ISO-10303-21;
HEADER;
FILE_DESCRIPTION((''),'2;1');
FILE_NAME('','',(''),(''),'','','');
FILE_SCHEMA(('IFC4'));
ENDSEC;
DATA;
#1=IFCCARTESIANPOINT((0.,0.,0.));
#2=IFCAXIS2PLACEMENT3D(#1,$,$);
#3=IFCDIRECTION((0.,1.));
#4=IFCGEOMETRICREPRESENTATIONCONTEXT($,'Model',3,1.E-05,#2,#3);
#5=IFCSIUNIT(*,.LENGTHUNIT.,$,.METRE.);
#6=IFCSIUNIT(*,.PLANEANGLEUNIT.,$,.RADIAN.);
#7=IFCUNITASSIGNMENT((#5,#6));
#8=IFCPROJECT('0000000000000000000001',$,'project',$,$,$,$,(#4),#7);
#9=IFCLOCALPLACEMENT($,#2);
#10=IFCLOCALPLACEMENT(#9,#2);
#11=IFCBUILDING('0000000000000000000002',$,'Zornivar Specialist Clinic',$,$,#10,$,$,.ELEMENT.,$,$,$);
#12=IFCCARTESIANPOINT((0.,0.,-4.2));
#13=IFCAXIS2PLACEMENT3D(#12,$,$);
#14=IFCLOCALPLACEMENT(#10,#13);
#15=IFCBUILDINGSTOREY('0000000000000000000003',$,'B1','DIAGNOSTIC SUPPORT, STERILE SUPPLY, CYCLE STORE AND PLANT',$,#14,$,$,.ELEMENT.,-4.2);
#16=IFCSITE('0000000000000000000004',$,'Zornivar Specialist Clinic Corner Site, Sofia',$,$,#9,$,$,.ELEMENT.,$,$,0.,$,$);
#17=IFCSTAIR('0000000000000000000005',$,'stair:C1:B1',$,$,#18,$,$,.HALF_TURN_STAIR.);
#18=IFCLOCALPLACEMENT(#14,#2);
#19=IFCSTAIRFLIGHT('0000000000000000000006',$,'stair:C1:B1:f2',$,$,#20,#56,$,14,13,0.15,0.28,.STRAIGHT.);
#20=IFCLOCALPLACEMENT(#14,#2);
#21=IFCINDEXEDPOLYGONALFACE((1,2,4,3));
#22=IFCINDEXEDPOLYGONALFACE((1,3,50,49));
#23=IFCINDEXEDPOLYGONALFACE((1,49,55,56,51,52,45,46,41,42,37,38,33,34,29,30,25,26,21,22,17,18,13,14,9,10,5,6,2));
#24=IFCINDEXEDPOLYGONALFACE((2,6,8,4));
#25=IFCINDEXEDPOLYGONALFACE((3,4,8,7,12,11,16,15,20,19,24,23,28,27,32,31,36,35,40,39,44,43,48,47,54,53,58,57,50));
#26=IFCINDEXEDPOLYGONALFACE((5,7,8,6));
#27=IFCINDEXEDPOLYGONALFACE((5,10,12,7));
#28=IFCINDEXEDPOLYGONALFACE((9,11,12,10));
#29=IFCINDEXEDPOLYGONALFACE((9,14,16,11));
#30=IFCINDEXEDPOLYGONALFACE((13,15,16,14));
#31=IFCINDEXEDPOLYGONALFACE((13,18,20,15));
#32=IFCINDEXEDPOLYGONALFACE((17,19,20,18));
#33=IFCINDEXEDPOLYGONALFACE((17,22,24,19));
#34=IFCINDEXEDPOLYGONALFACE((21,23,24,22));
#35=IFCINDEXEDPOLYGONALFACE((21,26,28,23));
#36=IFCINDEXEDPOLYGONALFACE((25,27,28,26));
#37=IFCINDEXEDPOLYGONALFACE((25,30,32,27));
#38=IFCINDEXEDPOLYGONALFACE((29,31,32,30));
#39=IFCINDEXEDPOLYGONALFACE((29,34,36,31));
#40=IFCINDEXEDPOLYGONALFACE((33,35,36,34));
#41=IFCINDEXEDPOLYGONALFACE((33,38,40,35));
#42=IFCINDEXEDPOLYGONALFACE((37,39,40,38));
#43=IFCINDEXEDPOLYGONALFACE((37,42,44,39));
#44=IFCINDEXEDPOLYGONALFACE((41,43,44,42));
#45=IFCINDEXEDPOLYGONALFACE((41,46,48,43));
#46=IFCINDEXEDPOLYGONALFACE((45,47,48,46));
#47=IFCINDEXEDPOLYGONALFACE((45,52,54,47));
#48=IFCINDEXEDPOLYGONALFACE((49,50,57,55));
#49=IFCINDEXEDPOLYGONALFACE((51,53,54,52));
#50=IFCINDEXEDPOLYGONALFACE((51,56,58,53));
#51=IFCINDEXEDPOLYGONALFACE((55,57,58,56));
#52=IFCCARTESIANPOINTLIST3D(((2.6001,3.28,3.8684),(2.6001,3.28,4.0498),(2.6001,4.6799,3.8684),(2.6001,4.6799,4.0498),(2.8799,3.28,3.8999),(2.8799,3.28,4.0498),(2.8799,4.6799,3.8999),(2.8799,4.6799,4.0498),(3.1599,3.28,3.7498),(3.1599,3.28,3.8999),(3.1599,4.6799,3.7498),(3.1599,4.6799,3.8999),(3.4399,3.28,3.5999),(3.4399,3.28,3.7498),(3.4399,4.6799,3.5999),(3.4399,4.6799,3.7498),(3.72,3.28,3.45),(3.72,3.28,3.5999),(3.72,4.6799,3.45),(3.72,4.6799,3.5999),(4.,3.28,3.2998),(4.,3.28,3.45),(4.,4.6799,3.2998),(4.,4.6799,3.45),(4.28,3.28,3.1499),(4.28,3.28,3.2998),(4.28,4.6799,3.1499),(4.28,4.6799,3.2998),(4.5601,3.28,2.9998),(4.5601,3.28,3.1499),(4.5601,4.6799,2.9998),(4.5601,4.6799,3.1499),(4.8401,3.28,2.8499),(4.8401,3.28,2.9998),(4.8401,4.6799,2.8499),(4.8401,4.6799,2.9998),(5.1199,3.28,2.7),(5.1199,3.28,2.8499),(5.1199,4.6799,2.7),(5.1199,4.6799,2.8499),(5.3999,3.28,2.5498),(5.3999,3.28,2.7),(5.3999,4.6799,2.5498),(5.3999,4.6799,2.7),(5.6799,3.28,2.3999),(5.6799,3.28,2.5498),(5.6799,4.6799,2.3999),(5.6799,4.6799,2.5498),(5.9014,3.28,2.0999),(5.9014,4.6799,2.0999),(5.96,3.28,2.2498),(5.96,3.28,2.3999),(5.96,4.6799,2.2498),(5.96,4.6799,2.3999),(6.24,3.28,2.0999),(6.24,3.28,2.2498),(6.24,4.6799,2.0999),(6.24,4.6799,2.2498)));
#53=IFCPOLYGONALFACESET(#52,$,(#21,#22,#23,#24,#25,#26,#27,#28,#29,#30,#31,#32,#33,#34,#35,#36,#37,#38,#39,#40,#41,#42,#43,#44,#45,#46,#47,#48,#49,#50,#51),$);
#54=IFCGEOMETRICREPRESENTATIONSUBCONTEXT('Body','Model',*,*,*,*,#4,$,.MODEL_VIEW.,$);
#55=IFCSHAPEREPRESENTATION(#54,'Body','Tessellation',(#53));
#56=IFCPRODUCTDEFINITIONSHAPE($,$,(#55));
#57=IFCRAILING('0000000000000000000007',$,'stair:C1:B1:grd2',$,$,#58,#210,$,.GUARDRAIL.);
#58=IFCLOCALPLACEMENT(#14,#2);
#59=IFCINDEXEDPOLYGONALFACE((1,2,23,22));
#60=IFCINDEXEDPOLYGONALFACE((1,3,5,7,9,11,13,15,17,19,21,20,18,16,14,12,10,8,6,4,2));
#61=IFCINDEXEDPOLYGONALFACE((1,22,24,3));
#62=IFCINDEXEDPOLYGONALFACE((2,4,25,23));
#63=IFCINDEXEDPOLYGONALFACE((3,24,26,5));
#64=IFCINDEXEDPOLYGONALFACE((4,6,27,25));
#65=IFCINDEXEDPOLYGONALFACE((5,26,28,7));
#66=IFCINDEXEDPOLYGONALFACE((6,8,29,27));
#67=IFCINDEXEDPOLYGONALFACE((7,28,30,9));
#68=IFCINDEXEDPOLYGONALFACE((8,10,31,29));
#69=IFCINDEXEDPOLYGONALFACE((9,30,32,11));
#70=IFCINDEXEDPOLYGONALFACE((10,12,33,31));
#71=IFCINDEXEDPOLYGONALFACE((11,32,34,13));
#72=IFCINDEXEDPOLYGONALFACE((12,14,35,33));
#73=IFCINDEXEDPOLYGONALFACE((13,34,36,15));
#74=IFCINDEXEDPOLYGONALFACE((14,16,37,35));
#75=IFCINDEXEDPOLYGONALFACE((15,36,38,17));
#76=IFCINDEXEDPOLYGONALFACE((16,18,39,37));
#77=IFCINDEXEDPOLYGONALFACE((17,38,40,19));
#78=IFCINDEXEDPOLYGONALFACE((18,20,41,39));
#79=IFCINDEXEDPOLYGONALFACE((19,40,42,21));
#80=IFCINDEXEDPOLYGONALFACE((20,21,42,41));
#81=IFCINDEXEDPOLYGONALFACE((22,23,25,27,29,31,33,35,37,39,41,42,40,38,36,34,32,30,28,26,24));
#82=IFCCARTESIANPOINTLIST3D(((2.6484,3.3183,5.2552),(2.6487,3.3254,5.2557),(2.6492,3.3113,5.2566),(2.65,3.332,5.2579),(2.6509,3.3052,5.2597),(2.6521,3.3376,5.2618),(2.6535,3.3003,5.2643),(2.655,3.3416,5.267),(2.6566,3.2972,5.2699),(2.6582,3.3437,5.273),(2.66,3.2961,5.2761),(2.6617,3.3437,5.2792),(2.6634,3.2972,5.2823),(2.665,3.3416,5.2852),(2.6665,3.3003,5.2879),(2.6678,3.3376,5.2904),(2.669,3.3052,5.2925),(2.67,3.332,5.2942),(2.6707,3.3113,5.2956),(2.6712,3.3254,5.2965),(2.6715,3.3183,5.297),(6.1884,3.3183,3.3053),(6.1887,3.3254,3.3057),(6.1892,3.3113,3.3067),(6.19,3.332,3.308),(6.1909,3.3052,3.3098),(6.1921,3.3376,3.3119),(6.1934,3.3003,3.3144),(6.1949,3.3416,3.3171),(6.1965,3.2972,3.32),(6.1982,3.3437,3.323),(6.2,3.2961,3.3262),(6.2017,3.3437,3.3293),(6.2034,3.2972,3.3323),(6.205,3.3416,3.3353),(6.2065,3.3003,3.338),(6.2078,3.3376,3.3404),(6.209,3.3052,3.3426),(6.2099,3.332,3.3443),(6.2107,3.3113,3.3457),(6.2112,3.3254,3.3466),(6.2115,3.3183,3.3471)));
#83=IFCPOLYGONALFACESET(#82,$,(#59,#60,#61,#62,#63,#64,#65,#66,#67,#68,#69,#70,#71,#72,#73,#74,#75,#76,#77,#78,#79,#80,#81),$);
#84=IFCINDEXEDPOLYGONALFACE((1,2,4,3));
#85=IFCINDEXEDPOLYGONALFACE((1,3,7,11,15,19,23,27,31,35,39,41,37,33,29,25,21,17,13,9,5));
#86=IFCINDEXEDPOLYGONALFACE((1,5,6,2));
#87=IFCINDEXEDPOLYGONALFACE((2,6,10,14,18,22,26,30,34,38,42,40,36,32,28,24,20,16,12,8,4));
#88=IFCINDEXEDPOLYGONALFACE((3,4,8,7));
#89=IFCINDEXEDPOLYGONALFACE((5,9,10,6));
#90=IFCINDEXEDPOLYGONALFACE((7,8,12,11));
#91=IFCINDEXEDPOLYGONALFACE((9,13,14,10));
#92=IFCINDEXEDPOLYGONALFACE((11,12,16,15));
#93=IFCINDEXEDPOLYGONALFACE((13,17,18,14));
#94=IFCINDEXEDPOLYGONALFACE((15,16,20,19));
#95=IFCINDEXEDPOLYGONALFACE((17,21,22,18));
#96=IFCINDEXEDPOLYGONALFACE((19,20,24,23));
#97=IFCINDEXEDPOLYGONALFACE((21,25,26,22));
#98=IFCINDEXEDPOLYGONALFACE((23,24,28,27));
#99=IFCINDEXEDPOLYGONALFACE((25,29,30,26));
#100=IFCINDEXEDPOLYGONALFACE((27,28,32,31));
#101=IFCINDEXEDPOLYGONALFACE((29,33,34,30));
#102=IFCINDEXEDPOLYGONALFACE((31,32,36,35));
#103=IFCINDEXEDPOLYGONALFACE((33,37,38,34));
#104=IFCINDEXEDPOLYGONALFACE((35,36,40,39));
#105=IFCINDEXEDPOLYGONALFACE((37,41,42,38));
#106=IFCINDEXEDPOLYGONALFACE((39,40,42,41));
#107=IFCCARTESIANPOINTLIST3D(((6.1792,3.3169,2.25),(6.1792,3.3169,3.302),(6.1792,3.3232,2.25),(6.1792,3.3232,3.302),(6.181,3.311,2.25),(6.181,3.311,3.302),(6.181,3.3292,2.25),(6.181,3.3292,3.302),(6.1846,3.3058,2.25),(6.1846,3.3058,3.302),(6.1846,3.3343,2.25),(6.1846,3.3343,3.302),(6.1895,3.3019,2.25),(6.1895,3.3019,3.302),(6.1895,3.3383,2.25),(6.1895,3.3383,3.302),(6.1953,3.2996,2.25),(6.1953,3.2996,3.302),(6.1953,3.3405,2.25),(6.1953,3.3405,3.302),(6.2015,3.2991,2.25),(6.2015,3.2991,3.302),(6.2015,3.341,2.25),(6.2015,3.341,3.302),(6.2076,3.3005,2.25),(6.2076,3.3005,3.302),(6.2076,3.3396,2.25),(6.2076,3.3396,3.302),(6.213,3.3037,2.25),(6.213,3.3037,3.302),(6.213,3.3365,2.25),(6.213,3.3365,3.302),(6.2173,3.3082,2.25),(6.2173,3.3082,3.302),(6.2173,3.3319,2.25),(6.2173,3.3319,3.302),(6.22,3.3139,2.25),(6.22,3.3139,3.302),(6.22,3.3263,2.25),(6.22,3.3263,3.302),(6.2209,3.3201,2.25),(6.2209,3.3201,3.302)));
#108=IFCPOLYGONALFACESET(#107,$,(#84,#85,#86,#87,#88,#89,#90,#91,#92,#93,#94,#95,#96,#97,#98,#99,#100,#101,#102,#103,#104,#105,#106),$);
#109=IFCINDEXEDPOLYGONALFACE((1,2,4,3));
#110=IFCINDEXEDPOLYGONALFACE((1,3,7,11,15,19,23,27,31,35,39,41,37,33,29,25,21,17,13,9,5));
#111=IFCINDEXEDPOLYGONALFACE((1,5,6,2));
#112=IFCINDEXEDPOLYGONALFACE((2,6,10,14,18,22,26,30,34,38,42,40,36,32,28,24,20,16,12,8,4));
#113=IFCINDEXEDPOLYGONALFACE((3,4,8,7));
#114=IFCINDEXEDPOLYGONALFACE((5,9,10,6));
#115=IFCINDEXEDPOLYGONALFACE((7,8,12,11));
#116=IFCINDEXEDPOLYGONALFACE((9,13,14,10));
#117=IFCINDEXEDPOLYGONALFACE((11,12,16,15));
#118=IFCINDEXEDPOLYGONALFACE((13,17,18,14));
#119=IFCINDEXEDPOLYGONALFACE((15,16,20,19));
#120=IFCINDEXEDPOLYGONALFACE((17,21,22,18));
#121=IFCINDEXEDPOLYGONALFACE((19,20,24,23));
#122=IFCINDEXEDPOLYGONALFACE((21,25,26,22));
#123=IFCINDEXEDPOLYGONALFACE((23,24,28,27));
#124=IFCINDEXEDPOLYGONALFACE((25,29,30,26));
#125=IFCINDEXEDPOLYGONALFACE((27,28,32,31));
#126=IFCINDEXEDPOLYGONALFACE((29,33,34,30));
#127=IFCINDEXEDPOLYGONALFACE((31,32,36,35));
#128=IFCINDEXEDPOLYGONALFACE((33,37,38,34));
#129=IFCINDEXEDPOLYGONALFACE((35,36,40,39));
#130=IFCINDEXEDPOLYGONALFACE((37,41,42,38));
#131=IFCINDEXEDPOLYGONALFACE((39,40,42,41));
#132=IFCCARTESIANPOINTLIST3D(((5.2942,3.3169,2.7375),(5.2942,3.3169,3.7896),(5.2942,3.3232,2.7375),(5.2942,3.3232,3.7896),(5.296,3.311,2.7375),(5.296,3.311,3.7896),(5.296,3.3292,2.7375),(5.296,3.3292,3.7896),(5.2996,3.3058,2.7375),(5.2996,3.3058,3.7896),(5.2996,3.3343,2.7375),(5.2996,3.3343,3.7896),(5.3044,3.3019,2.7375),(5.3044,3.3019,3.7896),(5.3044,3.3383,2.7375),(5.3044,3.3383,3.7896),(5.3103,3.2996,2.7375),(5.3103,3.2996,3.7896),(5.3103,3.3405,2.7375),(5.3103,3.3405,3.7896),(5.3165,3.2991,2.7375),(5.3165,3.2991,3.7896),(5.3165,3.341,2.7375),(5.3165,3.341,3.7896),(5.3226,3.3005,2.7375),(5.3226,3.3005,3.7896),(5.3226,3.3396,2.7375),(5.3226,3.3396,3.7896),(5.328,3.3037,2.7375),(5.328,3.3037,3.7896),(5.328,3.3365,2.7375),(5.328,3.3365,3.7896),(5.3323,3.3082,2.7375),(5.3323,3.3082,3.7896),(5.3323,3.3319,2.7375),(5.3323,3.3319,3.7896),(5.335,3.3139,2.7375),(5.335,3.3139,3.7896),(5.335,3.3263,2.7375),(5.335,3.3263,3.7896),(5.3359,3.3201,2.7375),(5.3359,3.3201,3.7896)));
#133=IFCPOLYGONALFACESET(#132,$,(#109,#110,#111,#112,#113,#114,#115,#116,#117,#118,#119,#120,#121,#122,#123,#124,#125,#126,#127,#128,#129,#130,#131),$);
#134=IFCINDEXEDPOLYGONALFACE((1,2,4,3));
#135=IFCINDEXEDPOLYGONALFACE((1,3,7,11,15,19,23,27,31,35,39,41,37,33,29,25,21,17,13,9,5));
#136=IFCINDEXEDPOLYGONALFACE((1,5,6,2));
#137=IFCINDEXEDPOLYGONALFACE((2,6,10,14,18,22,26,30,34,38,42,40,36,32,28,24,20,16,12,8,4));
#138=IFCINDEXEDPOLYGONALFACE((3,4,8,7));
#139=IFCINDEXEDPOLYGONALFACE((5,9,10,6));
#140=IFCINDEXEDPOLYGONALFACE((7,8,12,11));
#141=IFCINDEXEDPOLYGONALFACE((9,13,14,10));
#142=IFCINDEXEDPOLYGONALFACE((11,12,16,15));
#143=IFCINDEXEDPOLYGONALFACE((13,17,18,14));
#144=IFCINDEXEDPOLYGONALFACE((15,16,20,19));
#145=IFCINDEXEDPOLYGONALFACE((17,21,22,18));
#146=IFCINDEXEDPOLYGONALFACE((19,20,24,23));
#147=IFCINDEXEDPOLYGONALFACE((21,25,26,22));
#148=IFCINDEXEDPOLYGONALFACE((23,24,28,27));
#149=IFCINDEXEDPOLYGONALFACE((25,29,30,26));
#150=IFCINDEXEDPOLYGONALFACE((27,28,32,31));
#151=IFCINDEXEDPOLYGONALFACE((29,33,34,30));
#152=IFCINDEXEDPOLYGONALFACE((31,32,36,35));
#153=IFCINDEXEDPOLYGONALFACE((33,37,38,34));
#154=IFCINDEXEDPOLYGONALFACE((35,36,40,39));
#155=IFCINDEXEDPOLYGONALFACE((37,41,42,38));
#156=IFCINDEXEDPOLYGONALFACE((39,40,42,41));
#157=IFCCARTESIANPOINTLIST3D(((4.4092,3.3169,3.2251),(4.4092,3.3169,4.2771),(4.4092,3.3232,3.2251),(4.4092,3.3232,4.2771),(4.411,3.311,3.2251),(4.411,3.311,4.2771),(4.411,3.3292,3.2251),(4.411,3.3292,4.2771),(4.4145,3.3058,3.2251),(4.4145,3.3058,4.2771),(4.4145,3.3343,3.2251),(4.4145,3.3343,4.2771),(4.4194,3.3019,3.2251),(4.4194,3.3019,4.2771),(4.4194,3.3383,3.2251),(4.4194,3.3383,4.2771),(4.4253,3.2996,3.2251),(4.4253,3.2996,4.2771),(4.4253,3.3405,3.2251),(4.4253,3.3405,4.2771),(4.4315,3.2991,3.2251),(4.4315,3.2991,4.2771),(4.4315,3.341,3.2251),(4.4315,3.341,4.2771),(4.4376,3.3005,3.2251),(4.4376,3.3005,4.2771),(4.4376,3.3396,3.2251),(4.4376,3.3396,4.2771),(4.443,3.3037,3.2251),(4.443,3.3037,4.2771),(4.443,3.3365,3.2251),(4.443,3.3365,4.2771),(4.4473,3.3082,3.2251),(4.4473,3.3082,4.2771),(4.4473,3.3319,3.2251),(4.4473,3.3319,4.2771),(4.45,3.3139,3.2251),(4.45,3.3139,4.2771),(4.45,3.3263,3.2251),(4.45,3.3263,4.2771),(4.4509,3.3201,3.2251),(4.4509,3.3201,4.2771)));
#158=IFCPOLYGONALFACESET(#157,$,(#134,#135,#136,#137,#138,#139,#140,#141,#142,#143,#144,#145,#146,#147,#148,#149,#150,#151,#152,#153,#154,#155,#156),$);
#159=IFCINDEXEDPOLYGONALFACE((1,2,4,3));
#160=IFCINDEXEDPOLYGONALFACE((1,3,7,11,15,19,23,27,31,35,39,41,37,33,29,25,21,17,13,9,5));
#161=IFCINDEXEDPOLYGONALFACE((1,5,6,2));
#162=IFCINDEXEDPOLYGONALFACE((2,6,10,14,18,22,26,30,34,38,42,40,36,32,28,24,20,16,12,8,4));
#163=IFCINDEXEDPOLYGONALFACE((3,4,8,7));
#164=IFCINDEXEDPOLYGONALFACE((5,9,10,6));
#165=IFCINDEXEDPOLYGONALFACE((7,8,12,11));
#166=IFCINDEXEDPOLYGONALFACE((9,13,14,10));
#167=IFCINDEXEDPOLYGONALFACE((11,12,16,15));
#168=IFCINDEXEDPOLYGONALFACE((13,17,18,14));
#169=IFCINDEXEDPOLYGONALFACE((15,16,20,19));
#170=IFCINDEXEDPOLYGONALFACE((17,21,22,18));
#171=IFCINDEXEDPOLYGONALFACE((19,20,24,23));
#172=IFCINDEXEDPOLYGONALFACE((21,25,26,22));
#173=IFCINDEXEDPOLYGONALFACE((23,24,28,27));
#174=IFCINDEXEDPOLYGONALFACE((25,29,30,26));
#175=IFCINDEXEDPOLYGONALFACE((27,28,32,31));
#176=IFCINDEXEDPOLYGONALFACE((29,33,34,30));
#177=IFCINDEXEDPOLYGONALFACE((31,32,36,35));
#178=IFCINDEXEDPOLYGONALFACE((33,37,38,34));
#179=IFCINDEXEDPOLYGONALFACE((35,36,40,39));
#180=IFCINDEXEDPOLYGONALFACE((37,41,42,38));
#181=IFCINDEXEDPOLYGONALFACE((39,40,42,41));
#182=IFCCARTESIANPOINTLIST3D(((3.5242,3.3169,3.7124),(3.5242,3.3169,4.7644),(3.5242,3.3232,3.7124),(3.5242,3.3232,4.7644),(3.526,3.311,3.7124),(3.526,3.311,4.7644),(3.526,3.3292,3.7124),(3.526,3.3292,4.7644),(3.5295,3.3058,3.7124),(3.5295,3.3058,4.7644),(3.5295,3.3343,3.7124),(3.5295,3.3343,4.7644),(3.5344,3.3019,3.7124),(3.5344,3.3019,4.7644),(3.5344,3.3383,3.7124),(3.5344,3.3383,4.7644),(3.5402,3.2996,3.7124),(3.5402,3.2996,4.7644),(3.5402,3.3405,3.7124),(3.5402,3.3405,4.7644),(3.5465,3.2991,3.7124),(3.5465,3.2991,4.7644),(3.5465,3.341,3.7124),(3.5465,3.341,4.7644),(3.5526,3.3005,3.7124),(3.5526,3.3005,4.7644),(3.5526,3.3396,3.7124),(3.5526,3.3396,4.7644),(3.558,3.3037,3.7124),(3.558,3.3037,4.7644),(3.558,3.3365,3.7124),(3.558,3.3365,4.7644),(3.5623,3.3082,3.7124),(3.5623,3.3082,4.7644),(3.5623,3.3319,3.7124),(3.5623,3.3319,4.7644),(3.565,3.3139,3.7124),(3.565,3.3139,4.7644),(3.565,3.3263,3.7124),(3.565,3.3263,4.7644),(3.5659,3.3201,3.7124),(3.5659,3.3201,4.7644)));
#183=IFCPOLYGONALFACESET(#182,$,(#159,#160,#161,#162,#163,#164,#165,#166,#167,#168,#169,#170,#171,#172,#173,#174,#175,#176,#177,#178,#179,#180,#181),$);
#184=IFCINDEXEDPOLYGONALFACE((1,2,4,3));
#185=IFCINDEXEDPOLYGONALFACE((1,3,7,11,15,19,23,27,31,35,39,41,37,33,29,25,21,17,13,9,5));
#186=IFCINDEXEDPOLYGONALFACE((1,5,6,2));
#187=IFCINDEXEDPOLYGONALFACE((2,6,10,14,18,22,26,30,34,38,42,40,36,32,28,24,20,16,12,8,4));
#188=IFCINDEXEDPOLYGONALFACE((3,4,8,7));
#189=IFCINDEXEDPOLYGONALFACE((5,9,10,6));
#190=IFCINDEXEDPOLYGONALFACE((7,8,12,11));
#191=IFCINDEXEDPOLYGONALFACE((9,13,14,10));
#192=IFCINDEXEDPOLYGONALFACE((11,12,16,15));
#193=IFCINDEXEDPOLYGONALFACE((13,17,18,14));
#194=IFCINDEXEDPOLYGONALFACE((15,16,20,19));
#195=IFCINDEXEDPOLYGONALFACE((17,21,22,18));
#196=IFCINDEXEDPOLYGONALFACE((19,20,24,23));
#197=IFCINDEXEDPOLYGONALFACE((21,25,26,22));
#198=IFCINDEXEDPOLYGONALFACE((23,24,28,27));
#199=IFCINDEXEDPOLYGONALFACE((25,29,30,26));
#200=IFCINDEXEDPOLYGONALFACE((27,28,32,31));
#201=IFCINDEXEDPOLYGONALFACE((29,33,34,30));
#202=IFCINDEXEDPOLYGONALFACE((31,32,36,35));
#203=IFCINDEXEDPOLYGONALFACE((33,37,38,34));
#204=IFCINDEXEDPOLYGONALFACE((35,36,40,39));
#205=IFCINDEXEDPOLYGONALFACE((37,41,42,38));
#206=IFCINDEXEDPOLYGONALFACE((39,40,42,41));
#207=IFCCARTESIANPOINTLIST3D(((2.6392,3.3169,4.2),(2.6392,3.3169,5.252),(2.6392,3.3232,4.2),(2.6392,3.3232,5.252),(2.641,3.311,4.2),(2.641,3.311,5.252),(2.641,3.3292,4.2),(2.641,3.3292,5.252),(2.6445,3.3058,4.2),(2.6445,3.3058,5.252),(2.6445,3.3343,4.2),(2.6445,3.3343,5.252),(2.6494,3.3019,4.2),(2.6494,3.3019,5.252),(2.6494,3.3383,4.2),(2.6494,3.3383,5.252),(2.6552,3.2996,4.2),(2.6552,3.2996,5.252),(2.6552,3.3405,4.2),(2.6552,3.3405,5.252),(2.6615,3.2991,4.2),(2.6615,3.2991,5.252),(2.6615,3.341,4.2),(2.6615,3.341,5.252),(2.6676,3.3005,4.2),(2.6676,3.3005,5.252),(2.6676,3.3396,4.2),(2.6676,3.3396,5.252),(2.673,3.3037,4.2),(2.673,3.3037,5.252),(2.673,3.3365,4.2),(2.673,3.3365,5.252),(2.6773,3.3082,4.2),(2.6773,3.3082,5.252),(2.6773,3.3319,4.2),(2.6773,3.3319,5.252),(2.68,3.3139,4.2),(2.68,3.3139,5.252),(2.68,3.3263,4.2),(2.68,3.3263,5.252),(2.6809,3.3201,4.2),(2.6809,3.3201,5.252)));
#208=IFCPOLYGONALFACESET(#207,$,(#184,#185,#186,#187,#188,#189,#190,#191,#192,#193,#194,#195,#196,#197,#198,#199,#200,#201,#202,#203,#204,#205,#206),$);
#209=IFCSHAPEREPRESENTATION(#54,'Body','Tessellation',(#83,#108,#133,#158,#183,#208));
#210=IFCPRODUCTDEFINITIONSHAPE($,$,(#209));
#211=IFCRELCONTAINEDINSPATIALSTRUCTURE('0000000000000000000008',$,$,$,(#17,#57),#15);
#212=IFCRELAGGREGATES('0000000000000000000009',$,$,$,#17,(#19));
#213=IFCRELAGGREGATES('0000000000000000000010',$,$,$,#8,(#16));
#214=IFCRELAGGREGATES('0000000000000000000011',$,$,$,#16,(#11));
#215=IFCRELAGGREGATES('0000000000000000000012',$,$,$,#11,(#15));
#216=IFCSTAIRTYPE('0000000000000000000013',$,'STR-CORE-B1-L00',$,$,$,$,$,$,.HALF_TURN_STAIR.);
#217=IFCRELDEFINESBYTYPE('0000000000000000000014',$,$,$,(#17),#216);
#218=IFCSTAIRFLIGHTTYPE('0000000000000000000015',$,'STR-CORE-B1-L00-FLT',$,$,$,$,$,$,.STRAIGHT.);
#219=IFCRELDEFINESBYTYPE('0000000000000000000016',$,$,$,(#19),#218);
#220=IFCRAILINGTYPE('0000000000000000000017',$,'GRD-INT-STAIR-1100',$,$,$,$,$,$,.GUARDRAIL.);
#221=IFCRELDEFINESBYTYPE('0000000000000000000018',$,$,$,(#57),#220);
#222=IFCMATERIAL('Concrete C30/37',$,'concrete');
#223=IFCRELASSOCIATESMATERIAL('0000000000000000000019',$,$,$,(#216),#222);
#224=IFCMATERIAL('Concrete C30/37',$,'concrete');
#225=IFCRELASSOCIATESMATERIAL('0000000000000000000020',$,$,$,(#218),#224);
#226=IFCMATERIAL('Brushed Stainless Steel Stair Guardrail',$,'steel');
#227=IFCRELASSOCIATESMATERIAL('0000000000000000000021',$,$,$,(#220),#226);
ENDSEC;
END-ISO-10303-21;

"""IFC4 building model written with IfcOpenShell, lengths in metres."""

from ifc_helpers import new_model, si_unit, direction, frame, origin, origin_2d, place, context, subcontext, project, spatial, polyline, circle, outline, extrude, material, type_object, element, aggregate, save


model = new_model("IFC4")

# Units and contexts
model_context = context("Model", 3, precision=1e-05, world=origin(), true_north=direction((0.0, 1.0)))
body_context = subcontext(model_context, "Body", "Model", "MODEL_VIEW")
ifc_project = project(units=[si_unit("LENGTHUNIT", "METRE"), si_unit("PLANEANGLEUNIT", "RADIAN")], contexts=[model_context])

# Site, building, storey
site_placement = place(None, origin())
site = spatial("IfcSite", under=ifc_project, at=site_placement, Name="Zornivar Specialist Clinic Corner Site, Sofia", CompositionType="ELEMENT", RefElevation=0.0)
building_placement = place(site_placement, origin())
building = spatial("IfcBuilding", under=site, at=building_placement, Name="Zornivar Specialist Clinic", CompositionType="ELEMENT")
storey_placement = place(building_placement, frame((0.0, 0.0, -4.2)))
storey = spatial("IfcBuildingStorey", under=building, at=storey_placement, Name="B1", Description="DIAGNOSTIC SUPPORT, STERILE SUPPLY, CYCLE STORE AND PLANT", CompositionType="ELEMENT", Elevation=-4.2)

# Stair, stair flight
ifc_material_1 = material(Name="Concrete C30/37", Category="concrete")
stair_type = type_object("IfcStairType", Name="STR-CORE-B1-L00", PredefinedType="HALF_TURN_STAIR", material=ifc_material_1)
stair_placement = place(storey_placement, origin())
stair = element("IfcStair", 1, at=stair_placement, inside=storey, type_object=stair_type, Name="stair:C1:B1", PredefinedType="HALF_TURN_STAIR")
ifc_material_2 = material(Name="Concrete C30/37", Category="concrete")
stair_flight_type = type_object("IfcStairFlightType", Name="STR-CORE-B1-L00-FLT", PredefinedType="STRAIGHT", material=ifc_material_2)
stair_flight_placement = place(storey_placement, frame((6.24, 3.98, 2.0999), z_axis=(0.0, 0.0, 1.0), x_axis=(-1.0, 0.0, 0.0)))
stair_flight = element("IfcStairFlight", 2, at=stair_flight_placement, type_object=stair_flight_type, Name="stair:C1:B1:f2", NumberOfRisers=14, NumberOfTreads=13, PredefinedType="STRAIGHT", RiserHeight=0.15, TreadLength=0.28, context=body_context, shape_type="SweptSolid", body=[
    extrude(outline(polyline([(0.0, 0.0), (0.0, 0.1499), (0.28, 0.1499), (0.28, 0.3), (0.5601, 0.3), (0.5601, 0.45), (0.8401, 0.45), (0.8401, 0.6001), (1.1201, 0.6001), (1.1201, 0.75), (1.3999, 0.75), (1.3999, 0.8999), (1.6799, 0.8999), (1.6799, 1.05), (1.96, 1.05), (1.96, 1.2), (2.24, 1.2), (2.24, 1.3501), (2.52, 1.3501), (2.52, 1.5), (2.8, 1.5), (2.8, 1.6499), (3.0801, 1.6499), (3.0801, 1.8), (3.3601, 1.8), (3.3601, 1.95), (3.6399, 1.95), (3.6399, 2.1001), (3.6399, 1.7686), (0.3386, 0.0), (0.0, 0.0)])), frame((0.0, 0.7, 0.0), z_axis=(0.0, -1.0, 0.0), x_axis=(1.0, 0.0, 0.0)), (0.0, 0.0, 1.0), 1.3999),
])
aggregate(stair, [stair_flight])

# Railing
ifc_material_3 = material(Name="Brushed Stainless Steel Stair Guardrail", Category="steel")
railing_type_1 = type_object("IfcRailingType", Name="GRD-INT-STAIR-1100", PredefinedType="GUARDRAIL", material=ifc_material_3)
railing_1_placement = place(storey_placement, frame((6.2, 3.3201, 2.25)))
element("IfcRailing", 3, at=railing_1_placement, inside=storey, type_object=railing_type_1, Name="stair:C1:B1:grd2", PredefinedType="GUARDRAIL", context=body_context, shape_type="SweptSolid", body=[
    extrude(circle(Radius=0.0239, at=origin_2d()), frame((0.0, 0.0, 1.0762), z_axis=(-0.87591, 0.0, 0.482475), x_axis=(0.0, -1.0, 0.0)), (0.0, 0.0, 1.0), 4.0415),
    extrude(circle(Radius=0.021, at=origin_2d()), origin(), (0.0, 0.0, 1.0), 1.052),
    extrude(circle(Radius=0.021, at=origin_2d()), frame((-0.885, 0.0, 0.4875)), (0.0, 0.0, 1.0), 1.052),
    extrude(circle(Radius=0.021, at=origin_2d()), frame((-1.77, 0.0, 0.9751)), (0.0, 0.0, 1.0), 1.052),
    extrude(circle(Radius=0.021, at=origin_2d()), frame((-2.655, 0.0, 1.4624)), (0.0, 0.0, 1.0), 1.052),
    extrude(circle(Radius=0.021, at=origin_2d()), frame((-3.54, 0.0, 1.95)), (0.0, 0.0, 1.0), 1.052),
])

save(model, "model.ifc")
